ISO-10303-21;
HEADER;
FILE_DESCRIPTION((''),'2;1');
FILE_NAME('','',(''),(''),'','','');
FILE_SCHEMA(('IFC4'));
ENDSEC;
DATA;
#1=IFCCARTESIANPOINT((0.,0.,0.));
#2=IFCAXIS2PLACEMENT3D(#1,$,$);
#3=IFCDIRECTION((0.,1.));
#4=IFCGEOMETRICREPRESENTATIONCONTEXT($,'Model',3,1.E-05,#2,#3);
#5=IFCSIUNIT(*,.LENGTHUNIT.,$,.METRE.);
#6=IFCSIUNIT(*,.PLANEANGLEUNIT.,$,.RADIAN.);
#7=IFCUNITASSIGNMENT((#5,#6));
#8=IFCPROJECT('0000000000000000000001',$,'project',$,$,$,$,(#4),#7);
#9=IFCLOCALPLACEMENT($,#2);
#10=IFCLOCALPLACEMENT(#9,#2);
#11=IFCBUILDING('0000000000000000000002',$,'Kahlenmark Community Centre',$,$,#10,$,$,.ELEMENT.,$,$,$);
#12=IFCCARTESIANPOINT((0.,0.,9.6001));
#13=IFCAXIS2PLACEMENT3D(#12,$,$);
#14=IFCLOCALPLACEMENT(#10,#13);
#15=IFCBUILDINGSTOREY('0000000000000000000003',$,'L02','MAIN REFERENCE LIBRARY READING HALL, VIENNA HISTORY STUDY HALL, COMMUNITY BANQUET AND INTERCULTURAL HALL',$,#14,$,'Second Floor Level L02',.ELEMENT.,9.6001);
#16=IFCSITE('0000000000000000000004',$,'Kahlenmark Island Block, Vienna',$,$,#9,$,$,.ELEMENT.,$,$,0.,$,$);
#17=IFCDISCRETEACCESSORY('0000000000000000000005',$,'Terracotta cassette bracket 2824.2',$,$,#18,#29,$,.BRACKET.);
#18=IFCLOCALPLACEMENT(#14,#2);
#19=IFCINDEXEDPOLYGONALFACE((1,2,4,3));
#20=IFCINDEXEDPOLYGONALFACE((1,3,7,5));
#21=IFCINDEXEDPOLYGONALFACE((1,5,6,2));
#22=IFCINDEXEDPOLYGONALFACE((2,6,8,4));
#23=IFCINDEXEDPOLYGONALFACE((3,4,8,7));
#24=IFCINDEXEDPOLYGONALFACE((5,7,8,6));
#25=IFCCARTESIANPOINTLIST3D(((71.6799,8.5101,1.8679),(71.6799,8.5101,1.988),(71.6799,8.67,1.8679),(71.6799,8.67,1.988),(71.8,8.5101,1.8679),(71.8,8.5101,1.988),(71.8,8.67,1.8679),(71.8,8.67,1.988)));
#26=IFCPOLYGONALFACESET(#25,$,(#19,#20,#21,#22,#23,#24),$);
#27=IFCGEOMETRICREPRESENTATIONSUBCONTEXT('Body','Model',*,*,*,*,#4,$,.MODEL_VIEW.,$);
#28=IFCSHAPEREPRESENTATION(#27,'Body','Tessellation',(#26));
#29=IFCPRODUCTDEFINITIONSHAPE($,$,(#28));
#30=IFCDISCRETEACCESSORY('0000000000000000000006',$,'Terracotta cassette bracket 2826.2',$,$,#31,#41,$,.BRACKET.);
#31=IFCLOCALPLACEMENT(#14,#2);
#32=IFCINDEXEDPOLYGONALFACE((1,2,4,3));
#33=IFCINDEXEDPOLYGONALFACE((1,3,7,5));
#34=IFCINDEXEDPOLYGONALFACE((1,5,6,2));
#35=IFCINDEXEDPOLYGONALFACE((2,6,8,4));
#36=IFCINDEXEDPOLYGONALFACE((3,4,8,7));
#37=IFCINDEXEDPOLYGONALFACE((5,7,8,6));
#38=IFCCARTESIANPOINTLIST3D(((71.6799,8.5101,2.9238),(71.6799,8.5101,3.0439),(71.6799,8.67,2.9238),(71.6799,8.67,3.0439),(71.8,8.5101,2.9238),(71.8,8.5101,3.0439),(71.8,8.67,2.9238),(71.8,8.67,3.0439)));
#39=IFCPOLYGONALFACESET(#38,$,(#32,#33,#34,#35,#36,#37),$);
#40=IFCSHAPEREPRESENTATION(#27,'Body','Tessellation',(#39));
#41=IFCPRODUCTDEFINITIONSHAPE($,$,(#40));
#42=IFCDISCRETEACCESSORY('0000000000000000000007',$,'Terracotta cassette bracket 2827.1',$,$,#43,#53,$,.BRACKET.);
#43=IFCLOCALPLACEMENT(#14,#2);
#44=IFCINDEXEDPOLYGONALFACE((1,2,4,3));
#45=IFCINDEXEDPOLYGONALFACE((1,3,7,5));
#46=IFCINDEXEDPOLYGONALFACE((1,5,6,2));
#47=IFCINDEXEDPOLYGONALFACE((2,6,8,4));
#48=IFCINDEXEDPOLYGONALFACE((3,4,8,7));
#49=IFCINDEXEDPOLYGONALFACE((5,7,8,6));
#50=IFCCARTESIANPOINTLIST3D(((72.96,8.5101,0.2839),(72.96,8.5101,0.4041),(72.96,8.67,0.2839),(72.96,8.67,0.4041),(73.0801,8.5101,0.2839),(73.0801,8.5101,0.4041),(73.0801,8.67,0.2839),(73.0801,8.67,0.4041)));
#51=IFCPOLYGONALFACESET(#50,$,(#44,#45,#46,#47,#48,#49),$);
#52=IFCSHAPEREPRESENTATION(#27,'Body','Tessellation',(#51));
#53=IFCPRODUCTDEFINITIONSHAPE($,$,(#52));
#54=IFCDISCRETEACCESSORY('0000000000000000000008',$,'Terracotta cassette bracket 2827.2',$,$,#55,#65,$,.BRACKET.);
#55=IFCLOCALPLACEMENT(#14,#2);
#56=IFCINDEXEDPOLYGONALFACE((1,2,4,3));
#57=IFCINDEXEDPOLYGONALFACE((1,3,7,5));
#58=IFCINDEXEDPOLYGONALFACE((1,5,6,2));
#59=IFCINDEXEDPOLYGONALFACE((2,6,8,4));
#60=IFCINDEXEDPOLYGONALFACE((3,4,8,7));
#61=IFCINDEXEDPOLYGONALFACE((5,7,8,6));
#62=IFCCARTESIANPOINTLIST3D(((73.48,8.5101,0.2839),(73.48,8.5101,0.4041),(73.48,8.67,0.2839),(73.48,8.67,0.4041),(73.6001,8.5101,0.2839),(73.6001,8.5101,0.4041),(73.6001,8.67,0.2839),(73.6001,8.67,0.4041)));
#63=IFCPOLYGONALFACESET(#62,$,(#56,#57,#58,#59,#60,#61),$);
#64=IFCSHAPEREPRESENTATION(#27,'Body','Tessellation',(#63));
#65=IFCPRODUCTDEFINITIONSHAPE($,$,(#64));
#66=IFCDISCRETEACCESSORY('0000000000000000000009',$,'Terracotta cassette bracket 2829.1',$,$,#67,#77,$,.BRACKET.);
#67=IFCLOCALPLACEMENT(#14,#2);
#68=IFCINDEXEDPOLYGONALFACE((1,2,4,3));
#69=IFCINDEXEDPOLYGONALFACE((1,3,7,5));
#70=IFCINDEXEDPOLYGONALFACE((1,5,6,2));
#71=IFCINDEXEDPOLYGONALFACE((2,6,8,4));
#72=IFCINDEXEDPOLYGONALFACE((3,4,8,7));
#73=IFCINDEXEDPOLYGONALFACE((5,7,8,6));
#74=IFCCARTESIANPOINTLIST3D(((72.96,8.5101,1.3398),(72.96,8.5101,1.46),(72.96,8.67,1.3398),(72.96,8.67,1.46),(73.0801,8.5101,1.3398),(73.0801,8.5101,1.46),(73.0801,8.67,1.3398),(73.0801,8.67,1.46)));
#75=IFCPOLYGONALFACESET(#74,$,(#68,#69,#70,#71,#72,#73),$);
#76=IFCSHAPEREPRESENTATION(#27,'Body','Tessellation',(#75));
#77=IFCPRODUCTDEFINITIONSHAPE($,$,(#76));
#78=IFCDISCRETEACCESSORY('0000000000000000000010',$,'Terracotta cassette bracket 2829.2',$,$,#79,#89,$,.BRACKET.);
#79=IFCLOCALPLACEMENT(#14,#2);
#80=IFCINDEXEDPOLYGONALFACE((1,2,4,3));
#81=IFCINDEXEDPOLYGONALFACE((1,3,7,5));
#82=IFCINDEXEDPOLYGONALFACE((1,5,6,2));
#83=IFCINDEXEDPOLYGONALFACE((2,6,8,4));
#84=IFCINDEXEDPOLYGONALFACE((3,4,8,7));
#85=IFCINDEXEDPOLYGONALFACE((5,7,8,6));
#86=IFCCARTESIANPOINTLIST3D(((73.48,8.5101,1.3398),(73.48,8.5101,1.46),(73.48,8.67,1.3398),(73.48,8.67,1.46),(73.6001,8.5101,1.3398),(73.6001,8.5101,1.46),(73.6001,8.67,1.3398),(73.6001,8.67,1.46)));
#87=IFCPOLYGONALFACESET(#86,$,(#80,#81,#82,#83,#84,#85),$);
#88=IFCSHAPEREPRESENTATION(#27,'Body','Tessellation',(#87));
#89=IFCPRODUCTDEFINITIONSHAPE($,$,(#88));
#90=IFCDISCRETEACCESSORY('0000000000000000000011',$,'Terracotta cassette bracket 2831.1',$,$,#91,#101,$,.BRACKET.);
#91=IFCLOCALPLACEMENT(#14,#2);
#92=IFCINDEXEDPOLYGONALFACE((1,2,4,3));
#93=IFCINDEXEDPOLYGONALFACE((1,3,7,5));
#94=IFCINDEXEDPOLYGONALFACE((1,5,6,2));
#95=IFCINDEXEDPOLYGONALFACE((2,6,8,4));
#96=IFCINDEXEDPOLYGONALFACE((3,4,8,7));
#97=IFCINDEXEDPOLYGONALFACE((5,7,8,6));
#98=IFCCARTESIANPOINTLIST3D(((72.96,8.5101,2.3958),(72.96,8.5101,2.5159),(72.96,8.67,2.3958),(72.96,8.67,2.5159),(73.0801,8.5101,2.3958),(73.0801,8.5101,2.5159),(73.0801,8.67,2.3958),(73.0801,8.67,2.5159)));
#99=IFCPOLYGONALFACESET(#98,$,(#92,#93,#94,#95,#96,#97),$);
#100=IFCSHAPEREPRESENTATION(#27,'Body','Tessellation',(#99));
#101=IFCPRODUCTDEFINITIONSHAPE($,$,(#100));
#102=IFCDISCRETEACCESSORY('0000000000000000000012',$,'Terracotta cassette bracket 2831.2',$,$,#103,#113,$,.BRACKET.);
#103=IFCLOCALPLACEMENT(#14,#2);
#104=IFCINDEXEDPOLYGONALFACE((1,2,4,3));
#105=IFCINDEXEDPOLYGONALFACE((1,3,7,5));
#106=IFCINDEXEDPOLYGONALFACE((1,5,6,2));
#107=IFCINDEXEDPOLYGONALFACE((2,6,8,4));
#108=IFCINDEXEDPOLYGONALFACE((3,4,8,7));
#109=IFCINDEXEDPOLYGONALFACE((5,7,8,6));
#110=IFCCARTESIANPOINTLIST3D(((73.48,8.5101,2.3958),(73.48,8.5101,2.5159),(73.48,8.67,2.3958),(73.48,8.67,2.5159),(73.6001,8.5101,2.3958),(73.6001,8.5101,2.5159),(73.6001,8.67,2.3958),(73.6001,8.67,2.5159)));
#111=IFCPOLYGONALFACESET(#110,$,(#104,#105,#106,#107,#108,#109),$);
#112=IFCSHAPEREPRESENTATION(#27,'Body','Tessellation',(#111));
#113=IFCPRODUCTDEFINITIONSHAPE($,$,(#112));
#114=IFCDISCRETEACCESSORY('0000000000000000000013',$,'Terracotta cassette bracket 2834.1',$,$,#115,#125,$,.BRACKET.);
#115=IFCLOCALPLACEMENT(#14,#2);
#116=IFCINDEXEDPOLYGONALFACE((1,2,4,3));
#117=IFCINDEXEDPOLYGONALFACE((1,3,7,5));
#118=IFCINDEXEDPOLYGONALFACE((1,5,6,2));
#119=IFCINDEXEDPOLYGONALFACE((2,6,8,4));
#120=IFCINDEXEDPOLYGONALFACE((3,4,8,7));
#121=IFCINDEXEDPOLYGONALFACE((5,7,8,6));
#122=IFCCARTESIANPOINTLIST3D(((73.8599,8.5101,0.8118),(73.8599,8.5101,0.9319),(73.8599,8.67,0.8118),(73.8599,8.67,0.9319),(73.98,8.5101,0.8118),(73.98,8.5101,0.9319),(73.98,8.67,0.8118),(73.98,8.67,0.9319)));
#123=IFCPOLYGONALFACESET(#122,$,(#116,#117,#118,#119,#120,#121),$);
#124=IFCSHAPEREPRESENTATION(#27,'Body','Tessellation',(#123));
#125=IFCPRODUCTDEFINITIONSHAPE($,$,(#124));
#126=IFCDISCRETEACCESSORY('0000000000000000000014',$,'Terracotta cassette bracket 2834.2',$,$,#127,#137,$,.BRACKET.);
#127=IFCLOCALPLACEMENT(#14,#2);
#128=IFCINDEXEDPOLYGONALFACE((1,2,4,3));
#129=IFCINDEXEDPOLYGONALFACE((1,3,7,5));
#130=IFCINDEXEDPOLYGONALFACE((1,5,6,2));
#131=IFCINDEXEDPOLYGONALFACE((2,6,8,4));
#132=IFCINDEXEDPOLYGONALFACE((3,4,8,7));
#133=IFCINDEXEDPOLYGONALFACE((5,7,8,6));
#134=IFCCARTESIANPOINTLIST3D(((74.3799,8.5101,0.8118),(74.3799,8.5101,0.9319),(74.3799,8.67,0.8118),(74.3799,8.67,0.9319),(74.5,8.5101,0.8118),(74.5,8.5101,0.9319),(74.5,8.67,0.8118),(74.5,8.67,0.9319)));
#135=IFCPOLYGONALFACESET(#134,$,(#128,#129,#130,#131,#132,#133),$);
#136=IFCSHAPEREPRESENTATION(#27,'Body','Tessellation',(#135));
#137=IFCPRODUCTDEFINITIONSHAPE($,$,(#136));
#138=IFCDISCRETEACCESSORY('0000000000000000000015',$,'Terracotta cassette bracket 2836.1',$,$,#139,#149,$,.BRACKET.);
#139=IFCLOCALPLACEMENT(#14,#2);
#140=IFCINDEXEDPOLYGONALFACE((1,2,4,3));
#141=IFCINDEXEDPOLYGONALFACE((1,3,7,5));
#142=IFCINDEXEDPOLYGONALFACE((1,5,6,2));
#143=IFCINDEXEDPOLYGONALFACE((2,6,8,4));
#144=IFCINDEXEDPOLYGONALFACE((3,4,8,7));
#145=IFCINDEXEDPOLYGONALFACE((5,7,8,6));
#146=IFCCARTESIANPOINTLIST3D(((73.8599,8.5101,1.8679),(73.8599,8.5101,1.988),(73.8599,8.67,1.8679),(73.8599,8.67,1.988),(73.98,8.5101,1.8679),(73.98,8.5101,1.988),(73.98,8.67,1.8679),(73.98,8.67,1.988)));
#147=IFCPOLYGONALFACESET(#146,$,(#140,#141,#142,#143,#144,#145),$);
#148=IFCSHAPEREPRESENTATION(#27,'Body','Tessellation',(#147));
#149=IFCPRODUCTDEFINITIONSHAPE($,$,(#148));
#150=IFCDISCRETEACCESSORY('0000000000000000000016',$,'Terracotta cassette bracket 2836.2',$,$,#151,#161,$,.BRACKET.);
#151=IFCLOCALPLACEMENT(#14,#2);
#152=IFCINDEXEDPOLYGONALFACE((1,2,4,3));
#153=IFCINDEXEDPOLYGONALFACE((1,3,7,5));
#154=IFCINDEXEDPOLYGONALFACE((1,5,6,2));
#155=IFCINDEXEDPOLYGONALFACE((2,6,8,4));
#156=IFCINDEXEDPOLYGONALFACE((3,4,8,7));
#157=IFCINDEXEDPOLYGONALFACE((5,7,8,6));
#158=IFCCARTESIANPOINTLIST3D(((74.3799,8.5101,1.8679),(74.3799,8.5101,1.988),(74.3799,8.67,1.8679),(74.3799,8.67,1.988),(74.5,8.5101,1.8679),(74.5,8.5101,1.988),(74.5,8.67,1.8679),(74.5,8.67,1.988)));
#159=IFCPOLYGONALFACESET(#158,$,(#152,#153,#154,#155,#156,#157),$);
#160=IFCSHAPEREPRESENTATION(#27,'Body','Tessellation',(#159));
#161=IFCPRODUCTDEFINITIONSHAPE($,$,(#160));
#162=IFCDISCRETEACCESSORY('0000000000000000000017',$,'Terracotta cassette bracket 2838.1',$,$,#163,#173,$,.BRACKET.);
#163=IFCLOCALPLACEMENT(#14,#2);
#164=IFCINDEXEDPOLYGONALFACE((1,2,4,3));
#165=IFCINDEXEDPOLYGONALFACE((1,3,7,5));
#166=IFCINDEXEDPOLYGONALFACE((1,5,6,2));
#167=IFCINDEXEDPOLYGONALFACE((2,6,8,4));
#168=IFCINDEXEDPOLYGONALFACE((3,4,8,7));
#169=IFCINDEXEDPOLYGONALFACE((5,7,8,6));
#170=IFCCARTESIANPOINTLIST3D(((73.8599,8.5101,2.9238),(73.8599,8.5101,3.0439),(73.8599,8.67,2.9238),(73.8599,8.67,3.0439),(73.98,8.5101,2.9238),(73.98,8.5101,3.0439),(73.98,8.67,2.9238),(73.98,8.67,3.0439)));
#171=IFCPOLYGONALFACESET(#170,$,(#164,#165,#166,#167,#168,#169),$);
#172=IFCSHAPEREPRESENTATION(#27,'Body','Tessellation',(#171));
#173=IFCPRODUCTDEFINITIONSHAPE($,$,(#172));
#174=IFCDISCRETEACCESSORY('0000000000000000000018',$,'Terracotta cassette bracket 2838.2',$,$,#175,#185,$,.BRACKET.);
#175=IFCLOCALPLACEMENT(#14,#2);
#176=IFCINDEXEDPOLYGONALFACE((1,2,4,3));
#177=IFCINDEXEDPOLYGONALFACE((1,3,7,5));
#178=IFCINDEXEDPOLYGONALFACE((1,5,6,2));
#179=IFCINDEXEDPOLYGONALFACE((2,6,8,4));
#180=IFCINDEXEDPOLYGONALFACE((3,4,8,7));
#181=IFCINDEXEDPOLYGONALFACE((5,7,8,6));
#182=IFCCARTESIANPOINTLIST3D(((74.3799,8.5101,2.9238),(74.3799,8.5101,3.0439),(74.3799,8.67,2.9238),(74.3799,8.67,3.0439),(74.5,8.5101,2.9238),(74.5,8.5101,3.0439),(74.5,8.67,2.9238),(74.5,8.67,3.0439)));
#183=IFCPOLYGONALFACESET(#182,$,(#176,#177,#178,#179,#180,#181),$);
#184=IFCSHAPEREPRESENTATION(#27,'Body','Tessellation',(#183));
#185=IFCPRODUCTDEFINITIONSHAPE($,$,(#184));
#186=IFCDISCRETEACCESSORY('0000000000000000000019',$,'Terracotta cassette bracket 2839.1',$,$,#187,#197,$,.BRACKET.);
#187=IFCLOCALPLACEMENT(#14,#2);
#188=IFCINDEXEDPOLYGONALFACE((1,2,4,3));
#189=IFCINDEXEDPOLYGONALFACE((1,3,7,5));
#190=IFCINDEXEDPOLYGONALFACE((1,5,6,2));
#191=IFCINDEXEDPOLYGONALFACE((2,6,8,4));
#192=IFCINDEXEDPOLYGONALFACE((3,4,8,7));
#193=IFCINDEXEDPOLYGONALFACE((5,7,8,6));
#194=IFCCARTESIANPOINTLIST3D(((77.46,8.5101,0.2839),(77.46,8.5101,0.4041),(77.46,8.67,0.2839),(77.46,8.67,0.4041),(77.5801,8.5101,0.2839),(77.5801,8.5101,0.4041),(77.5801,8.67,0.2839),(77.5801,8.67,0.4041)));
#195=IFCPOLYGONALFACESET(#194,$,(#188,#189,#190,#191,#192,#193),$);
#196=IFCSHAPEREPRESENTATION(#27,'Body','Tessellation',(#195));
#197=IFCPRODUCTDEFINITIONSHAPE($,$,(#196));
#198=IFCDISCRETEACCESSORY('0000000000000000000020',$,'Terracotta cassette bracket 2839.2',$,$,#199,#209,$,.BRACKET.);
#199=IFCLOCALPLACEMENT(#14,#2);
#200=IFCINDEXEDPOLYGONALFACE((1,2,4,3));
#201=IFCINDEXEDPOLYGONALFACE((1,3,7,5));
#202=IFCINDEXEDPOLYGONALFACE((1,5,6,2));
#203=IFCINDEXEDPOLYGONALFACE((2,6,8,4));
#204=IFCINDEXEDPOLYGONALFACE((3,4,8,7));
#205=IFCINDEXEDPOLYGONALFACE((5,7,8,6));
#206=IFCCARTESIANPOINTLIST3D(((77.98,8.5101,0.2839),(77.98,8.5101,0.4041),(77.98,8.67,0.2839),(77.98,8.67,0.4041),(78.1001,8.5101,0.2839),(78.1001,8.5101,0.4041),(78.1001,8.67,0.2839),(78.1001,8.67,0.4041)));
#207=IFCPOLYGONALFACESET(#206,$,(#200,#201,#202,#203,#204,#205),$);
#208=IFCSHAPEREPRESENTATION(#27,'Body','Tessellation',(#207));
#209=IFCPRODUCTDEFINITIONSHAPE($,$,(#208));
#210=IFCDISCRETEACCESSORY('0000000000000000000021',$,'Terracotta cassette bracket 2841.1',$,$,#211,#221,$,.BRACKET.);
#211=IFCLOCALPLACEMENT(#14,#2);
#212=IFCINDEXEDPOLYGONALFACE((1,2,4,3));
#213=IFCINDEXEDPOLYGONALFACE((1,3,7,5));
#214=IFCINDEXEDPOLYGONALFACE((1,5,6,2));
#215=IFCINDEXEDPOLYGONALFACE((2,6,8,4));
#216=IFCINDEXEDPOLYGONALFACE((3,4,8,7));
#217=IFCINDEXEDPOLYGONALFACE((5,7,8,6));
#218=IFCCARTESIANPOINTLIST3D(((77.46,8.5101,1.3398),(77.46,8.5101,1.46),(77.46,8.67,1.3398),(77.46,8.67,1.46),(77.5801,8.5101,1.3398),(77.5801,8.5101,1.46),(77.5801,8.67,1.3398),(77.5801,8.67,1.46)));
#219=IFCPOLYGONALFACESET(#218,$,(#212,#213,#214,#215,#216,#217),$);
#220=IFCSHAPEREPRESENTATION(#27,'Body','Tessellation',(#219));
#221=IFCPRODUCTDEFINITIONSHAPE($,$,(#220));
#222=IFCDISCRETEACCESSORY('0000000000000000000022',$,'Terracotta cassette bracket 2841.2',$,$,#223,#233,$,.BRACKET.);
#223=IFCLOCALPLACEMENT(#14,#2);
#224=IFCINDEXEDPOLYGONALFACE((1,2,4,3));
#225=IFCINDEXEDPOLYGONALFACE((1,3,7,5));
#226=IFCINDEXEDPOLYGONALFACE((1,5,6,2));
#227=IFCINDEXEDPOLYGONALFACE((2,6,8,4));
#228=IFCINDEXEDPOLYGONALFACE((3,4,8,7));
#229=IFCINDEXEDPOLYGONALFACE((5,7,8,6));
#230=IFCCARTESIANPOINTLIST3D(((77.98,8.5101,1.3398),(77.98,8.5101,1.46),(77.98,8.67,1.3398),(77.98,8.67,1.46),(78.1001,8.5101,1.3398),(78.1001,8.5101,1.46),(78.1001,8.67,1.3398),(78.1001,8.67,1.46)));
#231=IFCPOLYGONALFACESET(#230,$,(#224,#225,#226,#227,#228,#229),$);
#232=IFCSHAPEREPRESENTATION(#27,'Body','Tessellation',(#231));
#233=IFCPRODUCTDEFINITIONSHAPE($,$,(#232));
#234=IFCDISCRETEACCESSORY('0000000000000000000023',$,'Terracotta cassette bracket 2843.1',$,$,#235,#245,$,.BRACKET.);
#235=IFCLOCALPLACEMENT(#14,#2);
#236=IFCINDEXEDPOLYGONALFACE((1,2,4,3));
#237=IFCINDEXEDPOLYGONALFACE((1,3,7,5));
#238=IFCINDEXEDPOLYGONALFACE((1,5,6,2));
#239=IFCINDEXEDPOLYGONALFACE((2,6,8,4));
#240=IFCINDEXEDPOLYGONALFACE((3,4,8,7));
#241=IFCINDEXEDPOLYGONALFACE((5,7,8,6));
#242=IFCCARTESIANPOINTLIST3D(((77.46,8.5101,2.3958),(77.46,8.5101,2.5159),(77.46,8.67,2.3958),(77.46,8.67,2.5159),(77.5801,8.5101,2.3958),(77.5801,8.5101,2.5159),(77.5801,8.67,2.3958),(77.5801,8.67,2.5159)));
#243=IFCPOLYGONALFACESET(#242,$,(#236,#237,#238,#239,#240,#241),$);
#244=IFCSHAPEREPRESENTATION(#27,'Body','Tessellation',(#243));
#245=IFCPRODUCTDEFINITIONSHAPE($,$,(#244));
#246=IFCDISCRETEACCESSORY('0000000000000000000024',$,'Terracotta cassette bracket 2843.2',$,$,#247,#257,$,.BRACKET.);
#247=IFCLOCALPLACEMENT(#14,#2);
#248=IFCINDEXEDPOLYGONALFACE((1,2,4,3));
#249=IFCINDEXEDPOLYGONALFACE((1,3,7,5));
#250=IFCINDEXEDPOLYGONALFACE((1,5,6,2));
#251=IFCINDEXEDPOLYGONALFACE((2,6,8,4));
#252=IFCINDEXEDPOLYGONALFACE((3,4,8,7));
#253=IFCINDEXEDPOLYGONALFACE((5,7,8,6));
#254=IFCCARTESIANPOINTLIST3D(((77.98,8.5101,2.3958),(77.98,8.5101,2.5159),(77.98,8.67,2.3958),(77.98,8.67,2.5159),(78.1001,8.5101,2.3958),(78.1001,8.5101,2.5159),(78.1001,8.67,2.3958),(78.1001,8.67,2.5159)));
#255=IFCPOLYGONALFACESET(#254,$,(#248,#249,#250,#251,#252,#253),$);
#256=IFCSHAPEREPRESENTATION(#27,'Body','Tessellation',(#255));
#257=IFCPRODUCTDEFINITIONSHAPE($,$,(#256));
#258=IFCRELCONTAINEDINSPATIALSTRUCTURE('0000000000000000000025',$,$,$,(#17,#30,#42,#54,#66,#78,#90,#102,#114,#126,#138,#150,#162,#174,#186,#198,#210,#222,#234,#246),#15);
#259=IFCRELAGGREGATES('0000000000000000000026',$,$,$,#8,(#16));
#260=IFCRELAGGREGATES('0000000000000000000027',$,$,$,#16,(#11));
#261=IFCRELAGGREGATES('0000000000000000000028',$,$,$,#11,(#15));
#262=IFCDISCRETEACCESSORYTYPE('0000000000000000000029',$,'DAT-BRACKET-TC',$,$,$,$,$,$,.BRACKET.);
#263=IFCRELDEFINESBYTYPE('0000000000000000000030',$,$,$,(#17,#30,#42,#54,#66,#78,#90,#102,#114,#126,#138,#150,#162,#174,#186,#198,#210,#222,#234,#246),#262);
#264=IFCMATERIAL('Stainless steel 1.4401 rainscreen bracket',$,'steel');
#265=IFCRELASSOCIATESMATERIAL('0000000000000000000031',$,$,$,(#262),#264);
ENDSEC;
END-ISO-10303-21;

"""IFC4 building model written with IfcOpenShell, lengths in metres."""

from ifc_helpers import new_model, si_unit, direction, frame, origin, origin_2d, place, context, subcontext, project, spatial, rectangle, extrude, material, type_object, element, save


model = new_model("IFC4")

# Units and contexts
model_context = context("Model", 3, precision=1e-05, world=origin(), true_north=direction((0.0, 1.0)))
body_context = subcontext(model_context, "Body", "Model", "MODEL_VIEW")
ifc_project = project(units=[si_unit("LENGTHUNIT", "METRE"), si_unit("PLANEANGLEUNIT", "RADIAN")], contexts=[model_context])

# Site, building, storey
site_placement = place(None, origin())
site = spatial("IfcSite", under=ifc_project, at=site_placement, Name="Kahlenmark Island Block, Vienna", CompositionType="ELEMENT", RefElevation=0.0)
building_placement = place(site_placement, origin())
building = spatial("IfcBuilding", under=site, at=building_placement, Name="Kahlenmark Community Centre", CompositionType="ELEMENT")
storey_placement = place(building_placement, frame((0.0, 0.0, 9.6001)))
storey = spatial("IfcBuildingStorey", under=building, at=storey_placement, Name="L02", Description="MAIN REFERENCE LIBRARY READING HALL, VIENNA HISTORY STUDY HALL, COMMUNITY BANQUET AND INTERCULTURAL HALL", LongName="Second Floor Level L02", CompositionType="ELEMENT", Elevation=9.6001)

# Discrete accessories
ifc_material_1 = material(Name="Stainless steel 1.4401 rainscreen bracket", Category="steel")
discrete_accessory_type = type_object("IfcDiscreteAccessoryType", Name="DAT-BRACKET-TC", PredefinedType="BRACKET", material=ifc_material_1)
for number, where, z_axis, x_axis, name in (
    (1, (71.74, 8.5901, 1.8679), (0.0, 0.0, 1.0), (1.0, 0.0, 0.0), "Terracotta cassette bracket 2824.2"),
    (2, (71.74, 8.5901, 2.9238), (0.0, 0.0, 1.0), (1.0, 0.0, 0.0), "Terracotta cassette bracket 2826.2"),
    (3, (73.02, 8.5901, 0.2839), (0.0, 0.0, 1.0), (1.0, 0.0, 0.0), "Terracotta cassette bracket 2827.1"),
    (4, (73.54, 8.5901, 0.2839), (0.0, 0.0, 1.0), (1.0, 0.0, 0.0), "Terracotta cassette bracket 2827.2"),
    (5, (73.02, 8.5901, 1.3398), (0.0, 0.0, 1.0), (1.0, 0.0, 0.0), "Terracotta cassette bracket 2829.1"),
    (6, (73.54, 8.5901, 1.3398), (0.0, 0.0, 1.0), (1.0, 0.0, 0.0), "Terracotta cassette bracket 2829.2"),
    (7, (73.02, 8.5901, 2.3958), (0.0, 0.0, 1.0), (1.0, 0.0, 0.0), "Terracotta cassette bracket 2831.1"),
    (8, (73.54, 8.5901, 2.3958), (0.0, 0.0, 1.0), (1.0, 0.0, 0.0), "Terracotta cassette bracket 2831.2"),
    (9, (73.9199, 8.5901, 0.8118), (0.0, 0.0, 1.0), (1.0, 0.0, 0.0), "Terracotta cassette bracket 2834.1"),
    (10, (74.4399, 8.5901, 0.8118), (0.0, 0.0, 1.0), (1.0, 0.0, 0.0), "Terracotta cassette bracket 2834.2"),
    (11, (73.9199, 8.5901, 1.8679), (0.0, 0.0, 1.0), (1.0, 0.0, 0.0), "Terracotta cassette bracket 2836.1"),
    (12, (74.4399, 8.5901, 1.8679), (0.0, 0.0, 1.0), (1.0, 0.0, 0.0), "Terracotta cassette bracket 2836.2"),
    (13, (73.9199, 8.5901, 2.9238), (0.0, 0.0, 1.0), (1.0, 0.0, 0.0), "Terracotta cassette bracket 2838.1"),
    (14, (74.4399, 8.5901, 2.9238), (0.0, 0.0, 1.0), (1.0, 0.0, 0.0), "Terracotta cassette bracket 2838.2"),
    (15, (77.52, 8.5901, 0.2839), (0.0, 0.0, 1.0), (1.0, 0.0, 0.0), "Terracotta cassette bracket 2839.1"),
    (16, (78.04, 8.5901, 0.2839), (0.0, 0.0, 1.0), (1.0, 0.0, 0.0), "Terracotta cassette bracket 2839.2"),
    (17, (77.52, 8.5901, 1.3398), (0.0, 0.0, 1.0), (1.0, 0.0, 0.0), "Terracotta cassette bracket 2841.1"),
    (18, (78.04, 8.5901, 1.3398), (0.0, 0.0, 1.0), (1.0, 0.0, 0.0), "Terracotta cassette bracket 2841.2"),
    (19, (77.52, 8.5901, 2.3958), (0.0, 0.0, 1.0), (1.0, 0.0, 0.0), "Terracotta cassette bracket 2843.1"),
    (20, (78.04, 8.5901, 2.3958), (0.0, 0.0, 1.0), (1.0, 0.0, 0.0), "Terracotta cassette bracket 2843.2"),
):
    element("IfcDiscreteAccessory", number, at=place(storey_placement, frame(where, z_axis=z_axis, x_axis=x_axis)), inside=storey, type_object=discrete_accessory_type, Name=name, PredefinedType="BRACKET", context=body_context, shape_type="SweptSolid", body=[
        extrude(rectangle(XDim=0.1201, YDim=0.1599, at=origin_2d()), origin(), (0.0, 0.0, 1.0), 0.1201),
    ])

save(model, "model.ifc")
